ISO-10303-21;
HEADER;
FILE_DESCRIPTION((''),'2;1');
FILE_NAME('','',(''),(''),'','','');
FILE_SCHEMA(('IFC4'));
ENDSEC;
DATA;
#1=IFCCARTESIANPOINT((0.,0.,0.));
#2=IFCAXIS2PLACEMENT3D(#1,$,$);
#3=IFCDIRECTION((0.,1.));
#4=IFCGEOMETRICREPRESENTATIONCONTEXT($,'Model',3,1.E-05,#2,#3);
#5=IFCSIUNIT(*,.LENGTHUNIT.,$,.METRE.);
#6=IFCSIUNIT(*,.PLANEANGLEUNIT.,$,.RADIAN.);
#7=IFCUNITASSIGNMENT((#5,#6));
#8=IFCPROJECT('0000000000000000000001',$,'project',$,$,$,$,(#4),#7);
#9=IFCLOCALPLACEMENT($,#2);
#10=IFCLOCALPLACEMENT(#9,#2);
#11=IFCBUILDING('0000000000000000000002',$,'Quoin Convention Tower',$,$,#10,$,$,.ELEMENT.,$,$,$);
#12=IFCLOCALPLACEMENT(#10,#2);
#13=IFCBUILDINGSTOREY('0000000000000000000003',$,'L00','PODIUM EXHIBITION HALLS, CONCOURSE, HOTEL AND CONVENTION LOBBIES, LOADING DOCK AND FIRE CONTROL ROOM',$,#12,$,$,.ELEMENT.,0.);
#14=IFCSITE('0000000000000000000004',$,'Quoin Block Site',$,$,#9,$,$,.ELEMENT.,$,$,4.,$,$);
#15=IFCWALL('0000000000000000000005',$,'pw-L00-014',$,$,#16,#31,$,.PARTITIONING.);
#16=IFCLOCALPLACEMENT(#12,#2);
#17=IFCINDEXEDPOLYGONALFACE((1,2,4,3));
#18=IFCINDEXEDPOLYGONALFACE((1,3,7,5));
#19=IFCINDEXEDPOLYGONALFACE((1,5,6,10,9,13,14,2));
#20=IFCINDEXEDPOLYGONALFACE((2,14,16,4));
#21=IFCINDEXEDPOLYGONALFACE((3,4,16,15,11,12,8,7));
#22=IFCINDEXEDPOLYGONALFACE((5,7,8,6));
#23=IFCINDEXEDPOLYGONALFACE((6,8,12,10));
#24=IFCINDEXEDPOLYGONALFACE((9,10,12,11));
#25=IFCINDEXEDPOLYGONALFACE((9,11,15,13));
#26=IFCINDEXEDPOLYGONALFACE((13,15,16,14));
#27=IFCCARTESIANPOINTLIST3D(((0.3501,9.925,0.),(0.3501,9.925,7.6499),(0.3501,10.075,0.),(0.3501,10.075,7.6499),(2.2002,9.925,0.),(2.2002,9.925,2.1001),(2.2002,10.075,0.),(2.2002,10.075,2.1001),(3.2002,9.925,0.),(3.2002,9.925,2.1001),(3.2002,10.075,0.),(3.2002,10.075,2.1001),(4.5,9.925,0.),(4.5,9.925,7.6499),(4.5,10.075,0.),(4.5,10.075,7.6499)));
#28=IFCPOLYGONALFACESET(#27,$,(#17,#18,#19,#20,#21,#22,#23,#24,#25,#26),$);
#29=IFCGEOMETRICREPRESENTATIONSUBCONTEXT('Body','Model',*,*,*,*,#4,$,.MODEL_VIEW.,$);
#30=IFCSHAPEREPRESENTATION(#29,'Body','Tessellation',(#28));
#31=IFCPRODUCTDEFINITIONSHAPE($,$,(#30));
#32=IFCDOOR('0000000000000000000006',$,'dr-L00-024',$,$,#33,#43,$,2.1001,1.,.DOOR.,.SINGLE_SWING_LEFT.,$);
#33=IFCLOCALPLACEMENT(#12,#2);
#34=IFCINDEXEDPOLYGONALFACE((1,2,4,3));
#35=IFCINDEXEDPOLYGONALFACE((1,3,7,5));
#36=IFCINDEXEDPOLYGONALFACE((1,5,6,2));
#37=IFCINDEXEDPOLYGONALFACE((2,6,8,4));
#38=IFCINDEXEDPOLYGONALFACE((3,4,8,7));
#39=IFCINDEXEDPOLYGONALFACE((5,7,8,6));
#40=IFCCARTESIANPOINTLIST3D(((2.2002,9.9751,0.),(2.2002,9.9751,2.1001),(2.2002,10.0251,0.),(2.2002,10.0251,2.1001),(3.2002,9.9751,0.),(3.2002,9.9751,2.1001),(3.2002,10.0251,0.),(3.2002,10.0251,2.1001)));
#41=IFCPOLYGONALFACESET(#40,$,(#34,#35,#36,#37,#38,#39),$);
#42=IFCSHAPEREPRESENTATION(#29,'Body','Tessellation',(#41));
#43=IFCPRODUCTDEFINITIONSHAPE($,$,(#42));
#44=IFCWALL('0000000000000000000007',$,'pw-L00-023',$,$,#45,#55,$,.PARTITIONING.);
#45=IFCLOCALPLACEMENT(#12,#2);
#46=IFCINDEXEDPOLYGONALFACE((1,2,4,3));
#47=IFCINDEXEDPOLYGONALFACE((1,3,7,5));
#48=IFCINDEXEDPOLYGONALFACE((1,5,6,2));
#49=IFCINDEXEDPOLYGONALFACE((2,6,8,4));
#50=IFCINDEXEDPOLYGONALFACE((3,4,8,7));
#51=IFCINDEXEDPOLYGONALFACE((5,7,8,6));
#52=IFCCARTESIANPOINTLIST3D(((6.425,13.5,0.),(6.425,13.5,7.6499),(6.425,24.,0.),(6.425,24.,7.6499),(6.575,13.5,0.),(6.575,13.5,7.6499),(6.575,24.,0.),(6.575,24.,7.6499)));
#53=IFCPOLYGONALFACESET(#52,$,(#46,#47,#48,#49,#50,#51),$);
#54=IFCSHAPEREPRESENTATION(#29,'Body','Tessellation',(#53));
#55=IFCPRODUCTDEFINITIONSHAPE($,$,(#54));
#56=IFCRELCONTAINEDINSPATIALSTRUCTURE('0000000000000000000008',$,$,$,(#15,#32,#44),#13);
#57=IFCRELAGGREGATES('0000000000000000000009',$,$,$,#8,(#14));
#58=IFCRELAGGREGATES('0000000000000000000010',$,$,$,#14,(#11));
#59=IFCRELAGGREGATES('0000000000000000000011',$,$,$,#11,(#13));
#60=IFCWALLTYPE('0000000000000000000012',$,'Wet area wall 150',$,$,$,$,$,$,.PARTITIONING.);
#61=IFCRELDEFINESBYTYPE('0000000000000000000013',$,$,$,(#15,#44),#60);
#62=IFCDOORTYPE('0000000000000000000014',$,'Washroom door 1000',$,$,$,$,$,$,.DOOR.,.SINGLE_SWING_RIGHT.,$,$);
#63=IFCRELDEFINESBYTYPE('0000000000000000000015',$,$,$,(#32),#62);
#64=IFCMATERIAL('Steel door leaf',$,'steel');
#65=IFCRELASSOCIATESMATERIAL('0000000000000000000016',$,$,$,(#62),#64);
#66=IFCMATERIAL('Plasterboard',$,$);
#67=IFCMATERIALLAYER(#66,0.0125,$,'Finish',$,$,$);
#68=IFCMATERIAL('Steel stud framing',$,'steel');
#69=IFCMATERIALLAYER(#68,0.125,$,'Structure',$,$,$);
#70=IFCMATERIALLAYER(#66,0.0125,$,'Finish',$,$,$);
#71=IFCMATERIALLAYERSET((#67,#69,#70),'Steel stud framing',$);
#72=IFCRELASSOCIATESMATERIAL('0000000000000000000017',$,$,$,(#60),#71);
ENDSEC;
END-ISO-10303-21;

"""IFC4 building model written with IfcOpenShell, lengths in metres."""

from ifc_helpers import new_model, si_unit, direction, frame, frame_2d, origin, place, context, subcontext, project, spatial, rectangle, extrude, material, layer, layer_set, type_object, element, fill, save


model = new_model("IFC4")

# Units and contexts
model_context = context("Model", 3, precision=1e-05, world=origin(), true_north=direction((0.0, 1.0)))
body_context = subcontext(model_context, "Body", "Model", "MODEL_VIEW")
ifc_project = project(units=[si_unit("LENGTHUNIT", "METRE"), si_unit("PLANEANGLEUNIT", "RADIAN")], contexts=[model_context])

# Site, building, storey
site_placement = place(None, origin())
site = spatial("IfcSite", under=ifc_project, at=site_placement, Name="Quoin Block Site", CompositionType="ELEMENT", RefElevation=4.0)
building_placement = place(site_placement, origin())
building = spatial("IfcBuilding", under=site, at=building_placement, Name="Quoin Convention Tower", CompositionType="ELEMENT")
storey_placement = place(building_placement, origin())
storey = spatial("IfcBuildingStorey", under=building, at=storey_placement, Name="L00", Description="PODIUM EXHIBITION HALLS, CONCOURSE, HOTEL AND CONVENTION LOBBIES, LOADING DOCK AND FIRE CONTROL ROOM", CompositionType="ELEMENT", Elevation=0.0)

# Shared definitions
ifc_material_1 = material(Name="Plasterboard")
ifc_material_2 = material(Name="Steel stud framing", Category="steel")
ifc_material_3 = material(Name="Steel door leaf", Category="steel")
door_type_1 = type_object("IfcDoorType", Name="Washroom door 1000", OperationType="SINGLE_SWING_RIGHT", PredefinedType="DOOR", material=ifc_material_3)

# Shared definitions
ifc_layer_1 = layer(ifc_material_1, 0.0125, Name="Finish")
ifc_layer_2 = layer(ifc_material_2, 0.125, Name="Structure")
ifc_layer_3 = layer(ifc_material_1, 0.0125, Name="Finish")
ifc_layer_set_1 = layer_set([ifc_layer_1, ifc_layer_2, ifc_layer_3], Name="Steel stud framing")
wall_type_1 = type_object("IfcWallType", Name="Wet area wall 150", PredefinedType="PARTITIONING", material=ifc_layer_set_1)

# Wall, opening, door
wall_1_placement = place(storey_placement, frame((0.3501, 10.0, 0.0), z_axis=(0.0, 0.0, 1.0), x_axis=(1.0, 0.0, 0.0)))
wall_1 = element("IfcWall", 1, at=wall_1_placement, inside=storey, type_object=wall_type_1, Name="pw-L00-014", PredefinedType="PARTITIONING", context=body_context, shape_type="SweptSolid", body=[
    extrude(rectangle(XDim=4.1499, YDim=0.1499, at=frame_2d((2.075, 0.0))), origin(), (0.0, 0.0, 1.0), 7.6499),
])
opening_1_placement = place(wall_1_placement, frame((1.8501, 0.0, 0.0)))
opening_1 = element("IfcOpeningElement", 2, at=opening_1_placement, cuts=wall_1, PredefinedType="OPENING", context=body_context, shape_type="SweptSolid", body=[
    extrude(rectangle(XDim=1.0, YDim=2.1001, at=frame_2d((0.5, 1.05))), frame((0.0, 0.085, 0.0), z_axis=(0.0, -1.0, 0.0), x_axis=(1.0, 0.0, 0.0)), (0.0, 0.0, 1.0), 0.1699),
])
door_1_placement = place(opening_1_placement, frame((1.0, 0.0, 0.0), z_axis=(0.0, 0.0, 1.0), x_axis=(-1.0, 0.0, 0.0)))
door_1 = element("IfcDoor", 3, at=door_1_placement, inside=storey, type_object=door_type_1, Name="dr-L00-024", OperationType="SINGLE_SWING_LEFT", OverallHeight=2.1001, OverallWidth=1.0, PredefinedType="DOOR", context=body_context, shape_type="SweptSolid", body=[
    extrude(rectangle(XDim=1.0, YDim=2.1001, at=frame_2d((0.5, 1.05))), frame((0.0, 0.0249, 0.0), z_axis=(0.0, -1.0, 0.0), x_axis=(1.0, 0.0, 0.0)), (0.0, 0.0, 1.0), 0.05),
])
fill(opening_1, door_1)

# Wall
wall_2_placement = place(storey_placement, frame((6.5, 13.5, 0.0), z_axis=(0.0, 0.0, 1.0), x_axis=(0.0, 1.0, 0.0)))
element("IfcWall", 4, at=wall_2_placement, inside=storey, type_object=wall_type_1, Name="pw-L00-023", PredefinedType="PARTITIONING", context=body_context, shape_type="SweptSolid", body=[
    extrude(rectangle(XDim=10.5, YDim=0.1499, at=frame_2d((5.25, 0.0))), origin(), (0.0, 0.0, 1.0), 7.6499),
])

save(model, "model.ifc")
